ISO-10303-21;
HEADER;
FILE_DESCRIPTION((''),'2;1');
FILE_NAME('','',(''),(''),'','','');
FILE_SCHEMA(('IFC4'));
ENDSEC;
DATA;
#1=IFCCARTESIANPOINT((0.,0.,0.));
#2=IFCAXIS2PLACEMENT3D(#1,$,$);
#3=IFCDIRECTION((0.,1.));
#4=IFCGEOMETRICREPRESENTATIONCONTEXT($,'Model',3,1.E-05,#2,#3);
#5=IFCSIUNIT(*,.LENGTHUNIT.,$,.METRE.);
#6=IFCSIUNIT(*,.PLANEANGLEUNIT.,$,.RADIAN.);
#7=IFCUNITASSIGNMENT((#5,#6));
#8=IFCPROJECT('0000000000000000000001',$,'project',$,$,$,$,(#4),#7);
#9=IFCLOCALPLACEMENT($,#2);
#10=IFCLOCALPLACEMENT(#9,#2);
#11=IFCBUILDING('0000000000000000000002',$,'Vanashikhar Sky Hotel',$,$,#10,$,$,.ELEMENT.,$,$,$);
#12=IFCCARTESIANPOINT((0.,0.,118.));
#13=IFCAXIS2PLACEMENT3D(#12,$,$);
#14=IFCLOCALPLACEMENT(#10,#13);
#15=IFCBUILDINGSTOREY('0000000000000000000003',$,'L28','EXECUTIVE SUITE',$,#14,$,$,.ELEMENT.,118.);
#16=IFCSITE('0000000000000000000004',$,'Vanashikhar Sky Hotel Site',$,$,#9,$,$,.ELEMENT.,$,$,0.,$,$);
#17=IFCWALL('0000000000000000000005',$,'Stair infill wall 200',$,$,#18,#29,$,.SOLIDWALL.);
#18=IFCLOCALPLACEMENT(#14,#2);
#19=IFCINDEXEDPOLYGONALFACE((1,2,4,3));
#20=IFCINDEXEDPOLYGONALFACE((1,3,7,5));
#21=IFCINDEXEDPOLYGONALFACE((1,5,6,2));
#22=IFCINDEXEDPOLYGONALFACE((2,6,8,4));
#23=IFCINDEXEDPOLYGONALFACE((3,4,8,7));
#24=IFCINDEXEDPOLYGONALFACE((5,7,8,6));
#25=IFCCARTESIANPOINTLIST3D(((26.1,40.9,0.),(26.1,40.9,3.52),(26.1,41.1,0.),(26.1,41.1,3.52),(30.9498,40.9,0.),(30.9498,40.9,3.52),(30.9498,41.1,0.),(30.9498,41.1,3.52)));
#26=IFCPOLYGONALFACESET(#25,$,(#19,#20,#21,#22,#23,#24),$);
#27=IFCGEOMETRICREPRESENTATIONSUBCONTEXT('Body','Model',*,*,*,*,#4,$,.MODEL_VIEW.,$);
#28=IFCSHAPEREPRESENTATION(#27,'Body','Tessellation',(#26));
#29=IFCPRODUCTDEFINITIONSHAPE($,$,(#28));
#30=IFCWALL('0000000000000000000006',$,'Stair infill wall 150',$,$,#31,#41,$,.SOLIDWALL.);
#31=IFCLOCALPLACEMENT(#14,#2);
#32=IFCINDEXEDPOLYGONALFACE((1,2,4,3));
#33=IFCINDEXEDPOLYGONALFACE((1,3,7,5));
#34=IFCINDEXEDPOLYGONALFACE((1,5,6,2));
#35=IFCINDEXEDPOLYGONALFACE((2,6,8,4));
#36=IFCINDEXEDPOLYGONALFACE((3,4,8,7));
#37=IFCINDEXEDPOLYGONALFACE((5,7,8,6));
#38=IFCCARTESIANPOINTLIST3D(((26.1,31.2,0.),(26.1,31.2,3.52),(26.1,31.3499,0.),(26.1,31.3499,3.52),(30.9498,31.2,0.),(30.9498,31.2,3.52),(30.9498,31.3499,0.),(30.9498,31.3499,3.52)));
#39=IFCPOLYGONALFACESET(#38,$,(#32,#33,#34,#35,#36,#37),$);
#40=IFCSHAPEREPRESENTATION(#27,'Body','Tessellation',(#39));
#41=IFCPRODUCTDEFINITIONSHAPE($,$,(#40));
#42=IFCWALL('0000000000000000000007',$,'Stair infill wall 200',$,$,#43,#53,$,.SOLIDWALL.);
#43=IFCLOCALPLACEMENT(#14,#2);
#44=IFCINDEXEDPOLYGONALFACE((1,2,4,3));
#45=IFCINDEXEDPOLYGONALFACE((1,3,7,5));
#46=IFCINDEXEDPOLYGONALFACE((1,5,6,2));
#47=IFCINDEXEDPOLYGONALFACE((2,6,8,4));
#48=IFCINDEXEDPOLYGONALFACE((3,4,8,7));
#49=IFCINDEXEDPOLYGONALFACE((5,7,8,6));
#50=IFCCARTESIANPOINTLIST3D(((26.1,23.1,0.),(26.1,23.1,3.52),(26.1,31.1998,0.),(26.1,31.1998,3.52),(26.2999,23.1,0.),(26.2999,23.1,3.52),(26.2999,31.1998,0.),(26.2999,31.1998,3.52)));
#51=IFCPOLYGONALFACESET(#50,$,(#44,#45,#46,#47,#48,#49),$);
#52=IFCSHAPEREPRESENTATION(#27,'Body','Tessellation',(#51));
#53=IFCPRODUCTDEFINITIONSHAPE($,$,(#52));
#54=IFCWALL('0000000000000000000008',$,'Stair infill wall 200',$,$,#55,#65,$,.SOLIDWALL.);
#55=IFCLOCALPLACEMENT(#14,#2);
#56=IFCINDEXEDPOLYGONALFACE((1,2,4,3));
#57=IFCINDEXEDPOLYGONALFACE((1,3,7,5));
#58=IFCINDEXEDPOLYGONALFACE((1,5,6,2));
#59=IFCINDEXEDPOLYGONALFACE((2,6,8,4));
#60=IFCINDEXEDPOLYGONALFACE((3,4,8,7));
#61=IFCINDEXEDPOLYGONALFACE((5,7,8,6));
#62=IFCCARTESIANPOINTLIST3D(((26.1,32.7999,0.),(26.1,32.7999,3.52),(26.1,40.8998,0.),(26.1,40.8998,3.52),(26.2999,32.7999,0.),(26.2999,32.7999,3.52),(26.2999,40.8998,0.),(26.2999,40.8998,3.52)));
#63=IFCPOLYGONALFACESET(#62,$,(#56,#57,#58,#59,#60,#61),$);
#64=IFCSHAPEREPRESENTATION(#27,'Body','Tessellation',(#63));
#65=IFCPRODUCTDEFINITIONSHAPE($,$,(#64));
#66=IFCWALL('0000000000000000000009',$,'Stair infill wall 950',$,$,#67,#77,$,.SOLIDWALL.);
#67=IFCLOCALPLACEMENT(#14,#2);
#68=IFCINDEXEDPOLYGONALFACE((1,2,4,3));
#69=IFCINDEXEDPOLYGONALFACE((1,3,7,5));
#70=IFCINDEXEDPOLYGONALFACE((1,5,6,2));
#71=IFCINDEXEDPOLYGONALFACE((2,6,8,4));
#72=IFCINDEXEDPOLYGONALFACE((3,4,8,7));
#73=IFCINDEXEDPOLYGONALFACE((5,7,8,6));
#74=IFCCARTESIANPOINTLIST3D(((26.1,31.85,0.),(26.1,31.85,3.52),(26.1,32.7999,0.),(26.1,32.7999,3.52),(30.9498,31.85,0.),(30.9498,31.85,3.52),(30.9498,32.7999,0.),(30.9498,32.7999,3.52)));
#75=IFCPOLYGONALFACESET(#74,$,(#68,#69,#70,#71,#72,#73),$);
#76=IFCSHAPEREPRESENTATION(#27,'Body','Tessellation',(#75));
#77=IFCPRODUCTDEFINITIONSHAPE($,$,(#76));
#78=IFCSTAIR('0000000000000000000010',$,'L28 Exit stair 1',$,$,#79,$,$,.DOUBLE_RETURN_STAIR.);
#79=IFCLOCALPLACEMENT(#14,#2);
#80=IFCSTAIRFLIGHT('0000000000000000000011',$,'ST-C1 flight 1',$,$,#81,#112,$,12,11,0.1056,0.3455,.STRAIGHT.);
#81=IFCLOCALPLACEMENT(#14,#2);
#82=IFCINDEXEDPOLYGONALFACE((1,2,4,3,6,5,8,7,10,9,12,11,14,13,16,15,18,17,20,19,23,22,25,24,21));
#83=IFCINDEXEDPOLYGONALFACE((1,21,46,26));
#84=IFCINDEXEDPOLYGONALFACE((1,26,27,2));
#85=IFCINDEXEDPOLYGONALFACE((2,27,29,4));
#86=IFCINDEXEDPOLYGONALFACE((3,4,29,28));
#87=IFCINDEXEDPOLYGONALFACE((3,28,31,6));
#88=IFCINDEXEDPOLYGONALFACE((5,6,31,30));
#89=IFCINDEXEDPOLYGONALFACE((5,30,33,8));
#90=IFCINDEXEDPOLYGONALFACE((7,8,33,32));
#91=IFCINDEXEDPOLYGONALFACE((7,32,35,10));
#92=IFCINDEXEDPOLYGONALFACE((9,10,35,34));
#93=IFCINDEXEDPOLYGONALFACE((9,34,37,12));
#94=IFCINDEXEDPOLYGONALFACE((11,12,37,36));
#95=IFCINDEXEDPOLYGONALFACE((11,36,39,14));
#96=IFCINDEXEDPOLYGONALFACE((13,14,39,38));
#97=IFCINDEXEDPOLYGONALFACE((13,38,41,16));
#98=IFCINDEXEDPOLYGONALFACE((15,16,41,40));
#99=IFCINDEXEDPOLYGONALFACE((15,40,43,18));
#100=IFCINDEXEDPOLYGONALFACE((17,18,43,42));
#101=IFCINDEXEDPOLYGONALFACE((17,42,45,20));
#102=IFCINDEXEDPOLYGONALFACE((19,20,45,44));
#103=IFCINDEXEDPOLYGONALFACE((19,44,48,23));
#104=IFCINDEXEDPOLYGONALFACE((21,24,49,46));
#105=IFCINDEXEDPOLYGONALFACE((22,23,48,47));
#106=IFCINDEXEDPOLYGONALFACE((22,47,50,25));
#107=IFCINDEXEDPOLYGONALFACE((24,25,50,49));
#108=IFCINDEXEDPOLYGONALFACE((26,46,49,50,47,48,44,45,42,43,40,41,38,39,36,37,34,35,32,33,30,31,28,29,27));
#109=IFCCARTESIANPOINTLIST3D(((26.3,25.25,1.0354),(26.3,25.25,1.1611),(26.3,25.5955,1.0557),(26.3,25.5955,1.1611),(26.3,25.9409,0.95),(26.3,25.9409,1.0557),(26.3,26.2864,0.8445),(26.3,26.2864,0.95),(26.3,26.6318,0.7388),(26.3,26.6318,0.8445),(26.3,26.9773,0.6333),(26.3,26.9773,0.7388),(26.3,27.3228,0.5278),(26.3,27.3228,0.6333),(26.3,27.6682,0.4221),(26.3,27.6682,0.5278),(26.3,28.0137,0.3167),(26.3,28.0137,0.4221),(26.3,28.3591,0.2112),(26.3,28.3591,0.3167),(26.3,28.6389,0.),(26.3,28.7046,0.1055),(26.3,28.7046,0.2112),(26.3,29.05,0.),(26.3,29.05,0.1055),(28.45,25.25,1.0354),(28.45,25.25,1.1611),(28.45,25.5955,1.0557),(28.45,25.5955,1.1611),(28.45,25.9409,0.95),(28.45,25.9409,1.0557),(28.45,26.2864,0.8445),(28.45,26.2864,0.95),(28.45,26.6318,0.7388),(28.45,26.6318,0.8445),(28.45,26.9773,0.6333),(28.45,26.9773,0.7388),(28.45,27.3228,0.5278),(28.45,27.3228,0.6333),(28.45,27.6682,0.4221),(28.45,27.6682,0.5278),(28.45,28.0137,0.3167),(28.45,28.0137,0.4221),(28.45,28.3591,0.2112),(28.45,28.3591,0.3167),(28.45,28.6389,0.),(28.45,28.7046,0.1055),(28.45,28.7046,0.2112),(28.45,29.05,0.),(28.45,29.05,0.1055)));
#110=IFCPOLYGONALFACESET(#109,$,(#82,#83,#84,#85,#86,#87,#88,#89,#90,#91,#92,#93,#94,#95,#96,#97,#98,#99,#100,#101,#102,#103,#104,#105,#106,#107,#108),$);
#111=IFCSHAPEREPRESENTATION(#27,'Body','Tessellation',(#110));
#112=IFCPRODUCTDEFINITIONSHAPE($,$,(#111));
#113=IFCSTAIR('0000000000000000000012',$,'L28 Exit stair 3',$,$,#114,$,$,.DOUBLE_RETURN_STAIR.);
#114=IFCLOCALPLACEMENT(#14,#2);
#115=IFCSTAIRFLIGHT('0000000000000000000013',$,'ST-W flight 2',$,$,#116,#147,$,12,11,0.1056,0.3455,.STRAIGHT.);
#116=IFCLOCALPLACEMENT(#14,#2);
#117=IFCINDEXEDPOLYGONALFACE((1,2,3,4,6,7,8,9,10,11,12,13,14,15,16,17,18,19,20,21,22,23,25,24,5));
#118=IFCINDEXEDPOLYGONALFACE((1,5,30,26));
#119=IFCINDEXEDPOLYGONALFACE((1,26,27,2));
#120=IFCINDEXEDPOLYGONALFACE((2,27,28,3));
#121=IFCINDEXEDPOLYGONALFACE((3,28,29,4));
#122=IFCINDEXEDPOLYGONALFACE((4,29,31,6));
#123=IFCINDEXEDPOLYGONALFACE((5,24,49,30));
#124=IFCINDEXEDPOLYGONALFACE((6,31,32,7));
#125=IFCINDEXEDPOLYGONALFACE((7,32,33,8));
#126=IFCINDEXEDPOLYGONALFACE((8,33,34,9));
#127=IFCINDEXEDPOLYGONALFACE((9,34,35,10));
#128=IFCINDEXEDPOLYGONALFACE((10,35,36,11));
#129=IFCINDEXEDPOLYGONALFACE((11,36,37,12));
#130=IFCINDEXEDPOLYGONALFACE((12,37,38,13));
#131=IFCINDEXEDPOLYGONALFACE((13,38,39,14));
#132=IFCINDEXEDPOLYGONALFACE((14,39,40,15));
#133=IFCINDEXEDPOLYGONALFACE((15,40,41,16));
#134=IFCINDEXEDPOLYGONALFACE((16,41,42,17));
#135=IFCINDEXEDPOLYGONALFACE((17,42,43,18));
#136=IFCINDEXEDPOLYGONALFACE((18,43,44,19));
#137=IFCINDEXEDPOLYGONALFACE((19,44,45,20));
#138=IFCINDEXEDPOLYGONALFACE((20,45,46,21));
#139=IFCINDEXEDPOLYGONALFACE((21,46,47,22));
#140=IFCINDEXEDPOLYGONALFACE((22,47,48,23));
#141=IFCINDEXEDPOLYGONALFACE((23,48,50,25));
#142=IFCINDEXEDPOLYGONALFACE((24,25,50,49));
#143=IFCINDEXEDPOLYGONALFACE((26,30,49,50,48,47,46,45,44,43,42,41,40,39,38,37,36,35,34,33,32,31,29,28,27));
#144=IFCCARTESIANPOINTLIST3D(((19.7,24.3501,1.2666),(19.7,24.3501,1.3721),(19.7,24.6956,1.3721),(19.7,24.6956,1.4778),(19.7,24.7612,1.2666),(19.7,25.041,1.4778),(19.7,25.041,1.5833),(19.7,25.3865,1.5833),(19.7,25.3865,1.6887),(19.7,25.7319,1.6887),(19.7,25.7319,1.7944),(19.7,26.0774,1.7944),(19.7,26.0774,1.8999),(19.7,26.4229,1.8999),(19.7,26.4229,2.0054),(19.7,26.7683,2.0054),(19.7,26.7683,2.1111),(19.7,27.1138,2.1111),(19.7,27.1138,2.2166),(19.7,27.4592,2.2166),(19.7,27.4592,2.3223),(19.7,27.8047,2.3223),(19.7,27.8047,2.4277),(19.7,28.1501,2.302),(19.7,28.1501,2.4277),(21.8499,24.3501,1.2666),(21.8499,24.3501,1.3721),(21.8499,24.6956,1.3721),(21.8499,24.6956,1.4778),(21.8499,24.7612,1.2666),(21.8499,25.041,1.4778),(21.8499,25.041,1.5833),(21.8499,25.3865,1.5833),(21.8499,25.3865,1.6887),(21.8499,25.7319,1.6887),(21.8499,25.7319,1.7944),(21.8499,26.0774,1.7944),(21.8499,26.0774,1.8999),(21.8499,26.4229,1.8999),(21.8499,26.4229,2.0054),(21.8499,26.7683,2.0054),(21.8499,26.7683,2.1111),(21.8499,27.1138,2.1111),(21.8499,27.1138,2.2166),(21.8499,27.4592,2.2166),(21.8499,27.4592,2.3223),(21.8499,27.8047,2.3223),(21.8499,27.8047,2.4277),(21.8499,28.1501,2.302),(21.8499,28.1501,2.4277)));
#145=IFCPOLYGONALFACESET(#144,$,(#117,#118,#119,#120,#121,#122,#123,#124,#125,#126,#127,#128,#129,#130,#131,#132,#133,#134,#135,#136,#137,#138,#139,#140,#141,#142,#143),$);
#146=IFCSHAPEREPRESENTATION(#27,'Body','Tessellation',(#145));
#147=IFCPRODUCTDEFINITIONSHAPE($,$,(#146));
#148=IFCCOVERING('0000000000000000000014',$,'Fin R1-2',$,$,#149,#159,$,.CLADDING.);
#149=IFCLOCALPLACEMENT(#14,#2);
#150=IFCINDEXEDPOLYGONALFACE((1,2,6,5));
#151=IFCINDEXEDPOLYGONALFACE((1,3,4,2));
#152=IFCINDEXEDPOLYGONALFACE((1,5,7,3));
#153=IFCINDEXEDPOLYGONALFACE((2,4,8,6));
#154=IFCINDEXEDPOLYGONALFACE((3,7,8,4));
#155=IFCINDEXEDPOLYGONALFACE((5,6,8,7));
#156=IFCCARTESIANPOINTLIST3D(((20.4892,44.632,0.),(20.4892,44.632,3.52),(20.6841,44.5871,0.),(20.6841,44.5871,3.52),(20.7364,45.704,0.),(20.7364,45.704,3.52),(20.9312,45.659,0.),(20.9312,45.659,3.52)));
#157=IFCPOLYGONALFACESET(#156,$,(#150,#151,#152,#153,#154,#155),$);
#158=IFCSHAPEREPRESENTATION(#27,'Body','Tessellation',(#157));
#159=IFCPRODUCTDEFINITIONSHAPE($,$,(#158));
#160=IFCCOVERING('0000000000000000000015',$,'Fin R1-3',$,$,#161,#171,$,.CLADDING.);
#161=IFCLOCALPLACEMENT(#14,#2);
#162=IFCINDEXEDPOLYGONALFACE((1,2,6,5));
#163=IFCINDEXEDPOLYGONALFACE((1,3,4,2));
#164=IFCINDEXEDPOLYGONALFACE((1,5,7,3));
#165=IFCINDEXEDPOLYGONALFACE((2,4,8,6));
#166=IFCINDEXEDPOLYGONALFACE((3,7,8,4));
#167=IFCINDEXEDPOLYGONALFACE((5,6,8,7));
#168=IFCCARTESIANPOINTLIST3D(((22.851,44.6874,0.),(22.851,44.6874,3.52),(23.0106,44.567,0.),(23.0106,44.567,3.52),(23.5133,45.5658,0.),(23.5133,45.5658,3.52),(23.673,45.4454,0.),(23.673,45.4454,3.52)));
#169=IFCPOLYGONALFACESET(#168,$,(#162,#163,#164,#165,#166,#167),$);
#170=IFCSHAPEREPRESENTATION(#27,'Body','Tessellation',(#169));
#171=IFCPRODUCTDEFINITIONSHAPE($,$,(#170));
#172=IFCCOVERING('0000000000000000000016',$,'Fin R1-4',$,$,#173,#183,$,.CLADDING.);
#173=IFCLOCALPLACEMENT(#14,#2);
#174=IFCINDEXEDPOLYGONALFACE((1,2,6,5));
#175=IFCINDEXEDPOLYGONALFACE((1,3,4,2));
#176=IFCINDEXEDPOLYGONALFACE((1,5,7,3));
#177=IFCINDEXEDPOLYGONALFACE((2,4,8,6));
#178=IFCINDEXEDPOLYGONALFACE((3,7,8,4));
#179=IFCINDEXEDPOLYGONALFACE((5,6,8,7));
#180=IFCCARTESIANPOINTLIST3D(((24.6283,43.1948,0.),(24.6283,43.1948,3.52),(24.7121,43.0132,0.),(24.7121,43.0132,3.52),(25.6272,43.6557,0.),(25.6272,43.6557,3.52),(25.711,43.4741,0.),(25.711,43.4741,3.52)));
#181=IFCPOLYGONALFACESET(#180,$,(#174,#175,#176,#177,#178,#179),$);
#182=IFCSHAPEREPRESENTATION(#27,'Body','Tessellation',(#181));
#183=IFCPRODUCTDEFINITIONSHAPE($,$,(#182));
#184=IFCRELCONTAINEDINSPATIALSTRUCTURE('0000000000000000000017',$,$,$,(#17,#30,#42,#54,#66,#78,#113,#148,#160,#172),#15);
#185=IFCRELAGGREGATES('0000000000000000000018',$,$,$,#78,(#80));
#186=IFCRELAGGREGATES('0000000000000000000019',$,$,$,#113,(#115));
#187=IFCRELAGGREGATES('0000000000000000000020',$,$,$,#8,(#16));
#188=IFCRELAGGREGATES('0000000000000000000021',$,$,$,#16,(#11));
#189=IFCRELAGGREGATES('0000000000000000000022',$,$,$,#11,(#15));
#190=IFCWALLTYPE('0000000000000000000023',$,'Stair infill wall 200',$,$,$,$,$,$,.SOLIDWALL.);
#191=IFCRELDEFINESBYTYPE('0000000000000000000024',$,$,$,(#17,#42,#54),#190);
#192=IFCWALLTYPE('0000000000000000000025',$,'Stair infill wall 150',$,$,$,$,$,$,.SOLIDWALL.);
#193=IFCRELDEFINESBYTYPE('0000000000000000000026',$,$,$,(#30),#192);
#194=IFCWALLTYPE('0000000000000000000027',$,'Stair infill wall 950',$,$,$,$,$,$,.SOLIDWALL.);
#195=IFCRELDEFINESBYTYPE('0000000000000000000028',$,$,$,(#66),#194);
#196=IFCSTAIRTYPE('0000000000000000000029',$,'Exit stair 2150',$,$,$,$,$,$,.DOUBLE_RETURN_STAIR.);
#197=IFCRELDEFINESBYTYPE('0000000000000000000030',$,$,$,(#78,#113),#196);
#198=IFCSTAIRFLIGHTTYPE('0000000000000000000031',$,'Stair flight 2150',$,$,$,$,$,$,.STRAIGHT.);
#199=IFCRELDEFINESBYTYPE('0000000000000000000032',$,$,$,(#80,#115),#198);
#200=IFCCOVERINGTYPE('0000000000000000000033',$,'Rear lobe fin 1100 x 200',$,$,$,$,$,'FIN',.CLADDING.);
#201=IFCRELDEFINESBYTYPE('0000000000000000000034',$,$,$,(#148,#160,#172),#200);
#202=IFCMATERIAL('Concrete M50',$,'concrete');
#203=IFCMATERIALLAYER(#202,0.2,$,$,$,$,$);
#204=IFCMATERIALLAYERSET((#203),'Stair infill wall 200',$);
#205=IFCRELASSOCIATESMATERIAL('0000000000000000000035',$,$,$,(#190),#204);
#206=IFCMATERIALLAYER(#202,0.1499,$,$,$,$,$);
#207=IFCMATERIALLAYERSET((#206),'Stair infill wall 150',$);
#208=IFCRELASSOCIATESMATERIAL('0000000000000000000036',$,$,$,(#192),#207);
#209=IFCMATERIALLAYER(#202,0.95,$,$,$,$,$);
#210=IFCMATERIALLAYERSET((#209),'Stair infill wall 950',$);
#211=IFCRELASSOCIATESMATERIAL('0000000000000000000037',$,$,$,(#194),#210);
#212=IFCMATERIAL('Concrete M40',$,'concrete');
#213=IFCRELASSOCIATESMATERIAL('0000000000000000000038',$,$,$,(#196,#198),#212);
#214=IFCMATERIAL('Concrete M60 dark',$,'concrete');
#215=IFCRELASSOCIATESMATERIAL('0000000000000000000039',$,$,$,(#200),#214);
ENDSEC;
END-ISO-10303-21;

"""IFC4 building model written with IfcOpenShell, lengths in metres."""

from ifc_helpers import new_model, si_unit, direction, frame, frame_2d, origin, origin_2d, place, context, subcontext, project, spatial, polyline, rectangle, outline, extrude, source, transform, mapped, material, layer, layer_set, material_profile, profile_set, type_object, element, aggregate, save


model = new_model("IFC4")

# Units and contexts
model_context = context("Model", 3, precision=1e-05, world=origin(), true_north=direction((0.0, 1.0)))
body_context = subcontext(model_context, "Body", "Model", "MODEL_VIEW")
ifc_project = project(units=[si_unit("LENGTHUNIT", "METRE"), si_unit("PLANEANGLEUNIT", "RADIAN")], contexts=[model_context])

# Site, building, storey
site_placement = place(None, origin())
site = spatial("IfcSite", under=ifc_project, at=site_placement, Name="Vanashikhar Sky Hotel Site", CompositionType="ELEMENT", RefElevation=0.0)
building_placement = place(site_placement, origin())
building = spatial("IfcBuilding", under=site, at=building_placement, Name="Vanashikhar Sky Hotel", CompositionType="ELEMENT")
storey_placement = place(building_placement, frame((0.0, 0.0, 118.0)))
storey = spatial("IfcBuildingStorey", under=building, at=storey_placement, Name="L28", Description="EXECUTIVE SUITE", CompositionType="ELEMENT", Elevation=118.0)

# Shared definitions
ifc_material_1 = material(Name="Concrete M50", Category="concrete")

# Walls
ifc_layer_1 = layer(ifc_material_1, 0.2)
ifc_layer_set_1 = layer_set([ifc_layer_1], Name="Stair infill wall 200")
wall_type_1 = type_object("IfcWallType", Name="Stair infill wall 200", PredefinedType="SOLIDWALL", material=ifc_layer_set_1)
shared_shape_1 = source(origin(), body_context, "Body", "SweptSolid", [
    extrude(rectangle(XDim=4.8499, YDim=0.2, at=frame_2d((2.4248, 0.0))), origin(), (0.0, 0.0, 1.0), 3.52),
])
for number, where, z_axis, x_axis, name in (
    (1, (26.1001, 41.0, 0.0), (0.0, 0.0, 1.0), (1.0, 0.0, 0.0), "Stair infill wall 200"),
):
    element("IfcWall", number, at=place(storey_placement, frame(where, z_axis=z_axis, x_axis=x_axis)), inside=storey, type_object=wall_type_1, Name=name, PredefinedType="SOLIDWALL", context=body_context, shape_type="MappedRepresentation", body=[
        mapped(shared_shape_1, transform((0.0, 0.0, 0.0), scale=1.0)),
    ])
ifc_layer_2 = layer(ifc_material_1, 0.1499)
ifc_layer_set_2 = layer_set([ifc_layer_2], Name="Stair infill wall 150")
wall_type_2 = type_object("IfcWallType", Name="Stair infill wall 150", PredefinedType="SOLIDWALL", material=ifc_layer_set_2)
shared_shape_2 = source(origin(), body_context, "Body", "SweptSolid", [
    extrude(rectangle(XDim=4.8499, YDim=0.1499, at=frame_2d((2.4248, 0.0))), origin(), (0.0, 0.0, 1.0), 3.52),
])
wall_1_placement = place(storey_placement, frame((26.1001, 31.2749, 0.0), z_axis=(0.0, 0.0, 1.0), x_axis=(1.0, 0.0, 0.0)))
element("IfcWall", 2, at=wall_1_placement, inside=storey, type_object=wall_type_2, Name="Stair infill wall 150", PredefinedType="SOLIDWALL", context=body_context, shape_type="MappedRepresentation", body=[
    mapped(shared_shape_2, transform((0.0, 0.0, 0.0), scale=1.0)),
])
shared_shape_3 = source(origin(), body_context, "Body", "SweptSolid", [
    extrude(rectangle(XDim=8.0999, YDim=0.2, at=frame_2d((4.0498, 0.0))), origin(), (0.0, 0.0, 1.0), 3.52),
])
for number, where, z_axis, x_axis, name in (
    (3, (26.2, 23.1001, 0.0), (0.0, 0.0, 1.0), (0.0, 1.0, 0.0), "Stair infill wall 200"),
    (4, (26.2, 32.8, 0.0), (0.0, 0.0, 1.0), (0.0, 1.0, 0.0), "Stair infill wall 200"),
):
    element("IfcWall", number, at=place(storey_placement, frame(where, z_axis=z_axis, x_axis=x_axis)), inside=storey, type_object=wall_type_1, Name=name, PredefinedType="SOLIDWALL", context=body_context, shape_type="MappedRepresentation", body=[
        mapped(shared_shape_3, transform((0.0, 0.0, 0.0), scale=1.0)),
    ])
ifc_layer_3 = layer(ifc_material_1, 0.95)
ifc_layer_set_3 = layer_set([ifc_layer_3], Name="Stair infill wall 950")
wall_type_3 = type_object("IfcWallType", Name="Stair infill wall 950", PredefinedType="SOLIDWALL", material=ifc_layer_set_3)
shared_shape_4 = source(origin(), body_context, "Body", "SweptSolid", [
    extrude(rectangle(XDim=4.8499, YDim=0.95, at=frame_2d((2.4248, 0.0))), origin(), (0.0, 0.0, 1.0), 3.52),
])
wall_2_placement = place(storey_placement, frame((26.1001, 32.325, 0.0), z_axis=(0.0, 0.0, 1.0), x_axis=(1.0, 0.0, 0.0)))
element("IfcWall", 5, at=wall_2_placement, inside=storey, type_object=wall_type_3, Name="Stair infill wall 950", PredefinedType="SOLIDWALL", context=body_context, shape_type="MappedRepresentation", body=[
    mapped(shared_shape_4, transform((0.0, 0.0, 0.0), scale=1.0)),
])

# Stairs, stair flights
ifc_material_2 = material(Name="Concrete M40", Category="concrete")
stair_type = type_object("IfcStairType", Name="Exit stair 2150", PredefinedType="DOUBLE_RETURN_STAIR", material=ifc_material_2)
stair_1_placement = place(storey_placement, origin())
stair_1 = element("IfcStair", 6, at=stair_1_placement, inside=storey, type_object=stair_type, Name="L28 Exit stair 1", PredefinedType="DOUBLE_RETURN_STAIR")
stair_flight_type = type_object("IfcStairFlightType", Name="Stair flight 2150", PredefinedType="STRAIGHT", material=ifc_material_2)
shared_shape_5 = source(origin(), body_context, "Body", "SweptSolid", [
    extrude(outline(polyline([(0.0, 0.0), (0.0, 0.1055), (0.3455, 0.1055), (0.3455, 0.2112), (0.6909, 0.2112), (0.6909, 0.3167), (1.0364, 0.3167), (1.0364, 0.4221), (1.3818, 0.4221), (1.3818, 0.5278), (1.7273, 0.5278), (1.7273, 0.6333), (2.0728, 0.6333), (2.0728, 0.7388), (2.4182, 0.7388), (2.4182, 0.8445), (2.7637, 0.8445), (2.7637, 0.95), (3.1091, 0.95), (3.1091, 1.0557), (3.4546, 1.0557), (3.4546, 1.1611), (3.8, 1.1611), (3.8, 1.2666), (3.8, 1.0354), (0.4111, 0.0), (0.0, 0.0)])), frame((0.0, 1.075, 0.0), z_axis=(0.0, -1.0, 0.0), x_axis=(1.0, 0.0, 0.0)), (0.0, 0.0, 1.0), 2.1499),
])
stair_flight_1_placement = place(storey_placement, frame((27.375, 29.05, 0.0), z_axis=(0.0, 0.0, 1.0), x_axis=(0.0, -1.0, 0.0)))
stair_flight_1 = element("IfcStairFlight", 7, at=stair_flight_1_placement, type_object=stair_flight_type, Name="ST-C1 flight 1", NumberOfRisers=12, NumberOfTreads=11, PredefinedType="STRAIGHT", RiserHeight=0.1056, TreadLength=0.3455, context=body_context, shape_type="MappedRepresentation", body=[
    mapped(shared_shape_5, transform((0.0, 0.0, 0.0), scale=1.0)),
])
aggregate(stair_1, [stair_flight_1])
stair_2_placement = place(storey_placement, origin())
stair_2 = element("IfcStair", 8, at=stair_2_placement, inside=storey, type_object=stair_type, Name="L28 Exit stair 3", PredefinedType="DOUBLE_RETURN_STAIR")
stair_flight_2_placement = place(storey_placement, frame((20.7749, 24.3501, 1.2666), z_axis=(0.0, 0.0, 1.0), x_axis=(0.0, 1.0, 0.0)))
stair_flight_2 = element("IfcStairFlight", 9, at=stair_flight_2_placement, type_object=stair_flight_type, Name="ST-W flight 2", NumberOfRisers=12, NumberOfTreads=11, PredefinedType="STRAIGHT", RiserHeight=0.1056, TreadLength=0.3455, context=body_context, shape_type="MappedRepresentation", body=[
    mapped(shared_shape_5, transform((0.0, 0.0, 0.0), scale=1.0)),
])
aggregate(stair_2, [stair_flight_2])

# Coverings
ifc_material_3 = material(Name="Concrete M60 dark", Category="concrete")
ifc_material_profile = material_profile(ifc_material_3, rectangle(XDim=1.1001, YDim=0.2, at=origin_2d()))
ifc_profile_set = profile_set([ifc_material_profile], Name="Rear lobe fin 1100 x 200")
covering_type = type_object("IfcCoveringType", Name="Rear lobe fin 1100 x 200", ElementType="FIN", PredefinedType="CLADDING", material=ifc_profile_set)
shared_shape_6 = source(origin(), body_context, "Body", "SweptSolid", [
    extrude(rectangle(XDim=1.1001, YDim=0.2, at=origin_2d()), origin(), (0.0, 0.0, 1.0), 3.52),
])
for number, where, z_axis, x_axis, name in (
    (10, (20.7102, 45.1455, 0.0), (0.0, 0.0, 1.0), (0.224645, 0.974441, 0.0), "Fin R1-2"),
    (11, (23.262, 45.0664, 0.0), (0.0, 0.0, 1.0), (0.602066, 0.798446, 0.0), "Fin R1-3"),
    (12, (25.1697, 43.3345, 0.0), (0.0, 0.0, 1.0), (0.908004, 0.418961, 0.0), "Fin R1-4"),
):
    element("IfcCovering", number, at=place(storey_placement, frame(where, z_axis=z_axis, x_axis=x_axis)), inside=storey, type_object=covering_type, Name=name, PredefinedType="CLADDING", context=body_context, shape_type="MappedRepresentation", body=[
        mapped(shared_shape_6, transform((0.0, 0.0, 0.0), scale=1.0)),
    ])

save(model, "model.ifc")
